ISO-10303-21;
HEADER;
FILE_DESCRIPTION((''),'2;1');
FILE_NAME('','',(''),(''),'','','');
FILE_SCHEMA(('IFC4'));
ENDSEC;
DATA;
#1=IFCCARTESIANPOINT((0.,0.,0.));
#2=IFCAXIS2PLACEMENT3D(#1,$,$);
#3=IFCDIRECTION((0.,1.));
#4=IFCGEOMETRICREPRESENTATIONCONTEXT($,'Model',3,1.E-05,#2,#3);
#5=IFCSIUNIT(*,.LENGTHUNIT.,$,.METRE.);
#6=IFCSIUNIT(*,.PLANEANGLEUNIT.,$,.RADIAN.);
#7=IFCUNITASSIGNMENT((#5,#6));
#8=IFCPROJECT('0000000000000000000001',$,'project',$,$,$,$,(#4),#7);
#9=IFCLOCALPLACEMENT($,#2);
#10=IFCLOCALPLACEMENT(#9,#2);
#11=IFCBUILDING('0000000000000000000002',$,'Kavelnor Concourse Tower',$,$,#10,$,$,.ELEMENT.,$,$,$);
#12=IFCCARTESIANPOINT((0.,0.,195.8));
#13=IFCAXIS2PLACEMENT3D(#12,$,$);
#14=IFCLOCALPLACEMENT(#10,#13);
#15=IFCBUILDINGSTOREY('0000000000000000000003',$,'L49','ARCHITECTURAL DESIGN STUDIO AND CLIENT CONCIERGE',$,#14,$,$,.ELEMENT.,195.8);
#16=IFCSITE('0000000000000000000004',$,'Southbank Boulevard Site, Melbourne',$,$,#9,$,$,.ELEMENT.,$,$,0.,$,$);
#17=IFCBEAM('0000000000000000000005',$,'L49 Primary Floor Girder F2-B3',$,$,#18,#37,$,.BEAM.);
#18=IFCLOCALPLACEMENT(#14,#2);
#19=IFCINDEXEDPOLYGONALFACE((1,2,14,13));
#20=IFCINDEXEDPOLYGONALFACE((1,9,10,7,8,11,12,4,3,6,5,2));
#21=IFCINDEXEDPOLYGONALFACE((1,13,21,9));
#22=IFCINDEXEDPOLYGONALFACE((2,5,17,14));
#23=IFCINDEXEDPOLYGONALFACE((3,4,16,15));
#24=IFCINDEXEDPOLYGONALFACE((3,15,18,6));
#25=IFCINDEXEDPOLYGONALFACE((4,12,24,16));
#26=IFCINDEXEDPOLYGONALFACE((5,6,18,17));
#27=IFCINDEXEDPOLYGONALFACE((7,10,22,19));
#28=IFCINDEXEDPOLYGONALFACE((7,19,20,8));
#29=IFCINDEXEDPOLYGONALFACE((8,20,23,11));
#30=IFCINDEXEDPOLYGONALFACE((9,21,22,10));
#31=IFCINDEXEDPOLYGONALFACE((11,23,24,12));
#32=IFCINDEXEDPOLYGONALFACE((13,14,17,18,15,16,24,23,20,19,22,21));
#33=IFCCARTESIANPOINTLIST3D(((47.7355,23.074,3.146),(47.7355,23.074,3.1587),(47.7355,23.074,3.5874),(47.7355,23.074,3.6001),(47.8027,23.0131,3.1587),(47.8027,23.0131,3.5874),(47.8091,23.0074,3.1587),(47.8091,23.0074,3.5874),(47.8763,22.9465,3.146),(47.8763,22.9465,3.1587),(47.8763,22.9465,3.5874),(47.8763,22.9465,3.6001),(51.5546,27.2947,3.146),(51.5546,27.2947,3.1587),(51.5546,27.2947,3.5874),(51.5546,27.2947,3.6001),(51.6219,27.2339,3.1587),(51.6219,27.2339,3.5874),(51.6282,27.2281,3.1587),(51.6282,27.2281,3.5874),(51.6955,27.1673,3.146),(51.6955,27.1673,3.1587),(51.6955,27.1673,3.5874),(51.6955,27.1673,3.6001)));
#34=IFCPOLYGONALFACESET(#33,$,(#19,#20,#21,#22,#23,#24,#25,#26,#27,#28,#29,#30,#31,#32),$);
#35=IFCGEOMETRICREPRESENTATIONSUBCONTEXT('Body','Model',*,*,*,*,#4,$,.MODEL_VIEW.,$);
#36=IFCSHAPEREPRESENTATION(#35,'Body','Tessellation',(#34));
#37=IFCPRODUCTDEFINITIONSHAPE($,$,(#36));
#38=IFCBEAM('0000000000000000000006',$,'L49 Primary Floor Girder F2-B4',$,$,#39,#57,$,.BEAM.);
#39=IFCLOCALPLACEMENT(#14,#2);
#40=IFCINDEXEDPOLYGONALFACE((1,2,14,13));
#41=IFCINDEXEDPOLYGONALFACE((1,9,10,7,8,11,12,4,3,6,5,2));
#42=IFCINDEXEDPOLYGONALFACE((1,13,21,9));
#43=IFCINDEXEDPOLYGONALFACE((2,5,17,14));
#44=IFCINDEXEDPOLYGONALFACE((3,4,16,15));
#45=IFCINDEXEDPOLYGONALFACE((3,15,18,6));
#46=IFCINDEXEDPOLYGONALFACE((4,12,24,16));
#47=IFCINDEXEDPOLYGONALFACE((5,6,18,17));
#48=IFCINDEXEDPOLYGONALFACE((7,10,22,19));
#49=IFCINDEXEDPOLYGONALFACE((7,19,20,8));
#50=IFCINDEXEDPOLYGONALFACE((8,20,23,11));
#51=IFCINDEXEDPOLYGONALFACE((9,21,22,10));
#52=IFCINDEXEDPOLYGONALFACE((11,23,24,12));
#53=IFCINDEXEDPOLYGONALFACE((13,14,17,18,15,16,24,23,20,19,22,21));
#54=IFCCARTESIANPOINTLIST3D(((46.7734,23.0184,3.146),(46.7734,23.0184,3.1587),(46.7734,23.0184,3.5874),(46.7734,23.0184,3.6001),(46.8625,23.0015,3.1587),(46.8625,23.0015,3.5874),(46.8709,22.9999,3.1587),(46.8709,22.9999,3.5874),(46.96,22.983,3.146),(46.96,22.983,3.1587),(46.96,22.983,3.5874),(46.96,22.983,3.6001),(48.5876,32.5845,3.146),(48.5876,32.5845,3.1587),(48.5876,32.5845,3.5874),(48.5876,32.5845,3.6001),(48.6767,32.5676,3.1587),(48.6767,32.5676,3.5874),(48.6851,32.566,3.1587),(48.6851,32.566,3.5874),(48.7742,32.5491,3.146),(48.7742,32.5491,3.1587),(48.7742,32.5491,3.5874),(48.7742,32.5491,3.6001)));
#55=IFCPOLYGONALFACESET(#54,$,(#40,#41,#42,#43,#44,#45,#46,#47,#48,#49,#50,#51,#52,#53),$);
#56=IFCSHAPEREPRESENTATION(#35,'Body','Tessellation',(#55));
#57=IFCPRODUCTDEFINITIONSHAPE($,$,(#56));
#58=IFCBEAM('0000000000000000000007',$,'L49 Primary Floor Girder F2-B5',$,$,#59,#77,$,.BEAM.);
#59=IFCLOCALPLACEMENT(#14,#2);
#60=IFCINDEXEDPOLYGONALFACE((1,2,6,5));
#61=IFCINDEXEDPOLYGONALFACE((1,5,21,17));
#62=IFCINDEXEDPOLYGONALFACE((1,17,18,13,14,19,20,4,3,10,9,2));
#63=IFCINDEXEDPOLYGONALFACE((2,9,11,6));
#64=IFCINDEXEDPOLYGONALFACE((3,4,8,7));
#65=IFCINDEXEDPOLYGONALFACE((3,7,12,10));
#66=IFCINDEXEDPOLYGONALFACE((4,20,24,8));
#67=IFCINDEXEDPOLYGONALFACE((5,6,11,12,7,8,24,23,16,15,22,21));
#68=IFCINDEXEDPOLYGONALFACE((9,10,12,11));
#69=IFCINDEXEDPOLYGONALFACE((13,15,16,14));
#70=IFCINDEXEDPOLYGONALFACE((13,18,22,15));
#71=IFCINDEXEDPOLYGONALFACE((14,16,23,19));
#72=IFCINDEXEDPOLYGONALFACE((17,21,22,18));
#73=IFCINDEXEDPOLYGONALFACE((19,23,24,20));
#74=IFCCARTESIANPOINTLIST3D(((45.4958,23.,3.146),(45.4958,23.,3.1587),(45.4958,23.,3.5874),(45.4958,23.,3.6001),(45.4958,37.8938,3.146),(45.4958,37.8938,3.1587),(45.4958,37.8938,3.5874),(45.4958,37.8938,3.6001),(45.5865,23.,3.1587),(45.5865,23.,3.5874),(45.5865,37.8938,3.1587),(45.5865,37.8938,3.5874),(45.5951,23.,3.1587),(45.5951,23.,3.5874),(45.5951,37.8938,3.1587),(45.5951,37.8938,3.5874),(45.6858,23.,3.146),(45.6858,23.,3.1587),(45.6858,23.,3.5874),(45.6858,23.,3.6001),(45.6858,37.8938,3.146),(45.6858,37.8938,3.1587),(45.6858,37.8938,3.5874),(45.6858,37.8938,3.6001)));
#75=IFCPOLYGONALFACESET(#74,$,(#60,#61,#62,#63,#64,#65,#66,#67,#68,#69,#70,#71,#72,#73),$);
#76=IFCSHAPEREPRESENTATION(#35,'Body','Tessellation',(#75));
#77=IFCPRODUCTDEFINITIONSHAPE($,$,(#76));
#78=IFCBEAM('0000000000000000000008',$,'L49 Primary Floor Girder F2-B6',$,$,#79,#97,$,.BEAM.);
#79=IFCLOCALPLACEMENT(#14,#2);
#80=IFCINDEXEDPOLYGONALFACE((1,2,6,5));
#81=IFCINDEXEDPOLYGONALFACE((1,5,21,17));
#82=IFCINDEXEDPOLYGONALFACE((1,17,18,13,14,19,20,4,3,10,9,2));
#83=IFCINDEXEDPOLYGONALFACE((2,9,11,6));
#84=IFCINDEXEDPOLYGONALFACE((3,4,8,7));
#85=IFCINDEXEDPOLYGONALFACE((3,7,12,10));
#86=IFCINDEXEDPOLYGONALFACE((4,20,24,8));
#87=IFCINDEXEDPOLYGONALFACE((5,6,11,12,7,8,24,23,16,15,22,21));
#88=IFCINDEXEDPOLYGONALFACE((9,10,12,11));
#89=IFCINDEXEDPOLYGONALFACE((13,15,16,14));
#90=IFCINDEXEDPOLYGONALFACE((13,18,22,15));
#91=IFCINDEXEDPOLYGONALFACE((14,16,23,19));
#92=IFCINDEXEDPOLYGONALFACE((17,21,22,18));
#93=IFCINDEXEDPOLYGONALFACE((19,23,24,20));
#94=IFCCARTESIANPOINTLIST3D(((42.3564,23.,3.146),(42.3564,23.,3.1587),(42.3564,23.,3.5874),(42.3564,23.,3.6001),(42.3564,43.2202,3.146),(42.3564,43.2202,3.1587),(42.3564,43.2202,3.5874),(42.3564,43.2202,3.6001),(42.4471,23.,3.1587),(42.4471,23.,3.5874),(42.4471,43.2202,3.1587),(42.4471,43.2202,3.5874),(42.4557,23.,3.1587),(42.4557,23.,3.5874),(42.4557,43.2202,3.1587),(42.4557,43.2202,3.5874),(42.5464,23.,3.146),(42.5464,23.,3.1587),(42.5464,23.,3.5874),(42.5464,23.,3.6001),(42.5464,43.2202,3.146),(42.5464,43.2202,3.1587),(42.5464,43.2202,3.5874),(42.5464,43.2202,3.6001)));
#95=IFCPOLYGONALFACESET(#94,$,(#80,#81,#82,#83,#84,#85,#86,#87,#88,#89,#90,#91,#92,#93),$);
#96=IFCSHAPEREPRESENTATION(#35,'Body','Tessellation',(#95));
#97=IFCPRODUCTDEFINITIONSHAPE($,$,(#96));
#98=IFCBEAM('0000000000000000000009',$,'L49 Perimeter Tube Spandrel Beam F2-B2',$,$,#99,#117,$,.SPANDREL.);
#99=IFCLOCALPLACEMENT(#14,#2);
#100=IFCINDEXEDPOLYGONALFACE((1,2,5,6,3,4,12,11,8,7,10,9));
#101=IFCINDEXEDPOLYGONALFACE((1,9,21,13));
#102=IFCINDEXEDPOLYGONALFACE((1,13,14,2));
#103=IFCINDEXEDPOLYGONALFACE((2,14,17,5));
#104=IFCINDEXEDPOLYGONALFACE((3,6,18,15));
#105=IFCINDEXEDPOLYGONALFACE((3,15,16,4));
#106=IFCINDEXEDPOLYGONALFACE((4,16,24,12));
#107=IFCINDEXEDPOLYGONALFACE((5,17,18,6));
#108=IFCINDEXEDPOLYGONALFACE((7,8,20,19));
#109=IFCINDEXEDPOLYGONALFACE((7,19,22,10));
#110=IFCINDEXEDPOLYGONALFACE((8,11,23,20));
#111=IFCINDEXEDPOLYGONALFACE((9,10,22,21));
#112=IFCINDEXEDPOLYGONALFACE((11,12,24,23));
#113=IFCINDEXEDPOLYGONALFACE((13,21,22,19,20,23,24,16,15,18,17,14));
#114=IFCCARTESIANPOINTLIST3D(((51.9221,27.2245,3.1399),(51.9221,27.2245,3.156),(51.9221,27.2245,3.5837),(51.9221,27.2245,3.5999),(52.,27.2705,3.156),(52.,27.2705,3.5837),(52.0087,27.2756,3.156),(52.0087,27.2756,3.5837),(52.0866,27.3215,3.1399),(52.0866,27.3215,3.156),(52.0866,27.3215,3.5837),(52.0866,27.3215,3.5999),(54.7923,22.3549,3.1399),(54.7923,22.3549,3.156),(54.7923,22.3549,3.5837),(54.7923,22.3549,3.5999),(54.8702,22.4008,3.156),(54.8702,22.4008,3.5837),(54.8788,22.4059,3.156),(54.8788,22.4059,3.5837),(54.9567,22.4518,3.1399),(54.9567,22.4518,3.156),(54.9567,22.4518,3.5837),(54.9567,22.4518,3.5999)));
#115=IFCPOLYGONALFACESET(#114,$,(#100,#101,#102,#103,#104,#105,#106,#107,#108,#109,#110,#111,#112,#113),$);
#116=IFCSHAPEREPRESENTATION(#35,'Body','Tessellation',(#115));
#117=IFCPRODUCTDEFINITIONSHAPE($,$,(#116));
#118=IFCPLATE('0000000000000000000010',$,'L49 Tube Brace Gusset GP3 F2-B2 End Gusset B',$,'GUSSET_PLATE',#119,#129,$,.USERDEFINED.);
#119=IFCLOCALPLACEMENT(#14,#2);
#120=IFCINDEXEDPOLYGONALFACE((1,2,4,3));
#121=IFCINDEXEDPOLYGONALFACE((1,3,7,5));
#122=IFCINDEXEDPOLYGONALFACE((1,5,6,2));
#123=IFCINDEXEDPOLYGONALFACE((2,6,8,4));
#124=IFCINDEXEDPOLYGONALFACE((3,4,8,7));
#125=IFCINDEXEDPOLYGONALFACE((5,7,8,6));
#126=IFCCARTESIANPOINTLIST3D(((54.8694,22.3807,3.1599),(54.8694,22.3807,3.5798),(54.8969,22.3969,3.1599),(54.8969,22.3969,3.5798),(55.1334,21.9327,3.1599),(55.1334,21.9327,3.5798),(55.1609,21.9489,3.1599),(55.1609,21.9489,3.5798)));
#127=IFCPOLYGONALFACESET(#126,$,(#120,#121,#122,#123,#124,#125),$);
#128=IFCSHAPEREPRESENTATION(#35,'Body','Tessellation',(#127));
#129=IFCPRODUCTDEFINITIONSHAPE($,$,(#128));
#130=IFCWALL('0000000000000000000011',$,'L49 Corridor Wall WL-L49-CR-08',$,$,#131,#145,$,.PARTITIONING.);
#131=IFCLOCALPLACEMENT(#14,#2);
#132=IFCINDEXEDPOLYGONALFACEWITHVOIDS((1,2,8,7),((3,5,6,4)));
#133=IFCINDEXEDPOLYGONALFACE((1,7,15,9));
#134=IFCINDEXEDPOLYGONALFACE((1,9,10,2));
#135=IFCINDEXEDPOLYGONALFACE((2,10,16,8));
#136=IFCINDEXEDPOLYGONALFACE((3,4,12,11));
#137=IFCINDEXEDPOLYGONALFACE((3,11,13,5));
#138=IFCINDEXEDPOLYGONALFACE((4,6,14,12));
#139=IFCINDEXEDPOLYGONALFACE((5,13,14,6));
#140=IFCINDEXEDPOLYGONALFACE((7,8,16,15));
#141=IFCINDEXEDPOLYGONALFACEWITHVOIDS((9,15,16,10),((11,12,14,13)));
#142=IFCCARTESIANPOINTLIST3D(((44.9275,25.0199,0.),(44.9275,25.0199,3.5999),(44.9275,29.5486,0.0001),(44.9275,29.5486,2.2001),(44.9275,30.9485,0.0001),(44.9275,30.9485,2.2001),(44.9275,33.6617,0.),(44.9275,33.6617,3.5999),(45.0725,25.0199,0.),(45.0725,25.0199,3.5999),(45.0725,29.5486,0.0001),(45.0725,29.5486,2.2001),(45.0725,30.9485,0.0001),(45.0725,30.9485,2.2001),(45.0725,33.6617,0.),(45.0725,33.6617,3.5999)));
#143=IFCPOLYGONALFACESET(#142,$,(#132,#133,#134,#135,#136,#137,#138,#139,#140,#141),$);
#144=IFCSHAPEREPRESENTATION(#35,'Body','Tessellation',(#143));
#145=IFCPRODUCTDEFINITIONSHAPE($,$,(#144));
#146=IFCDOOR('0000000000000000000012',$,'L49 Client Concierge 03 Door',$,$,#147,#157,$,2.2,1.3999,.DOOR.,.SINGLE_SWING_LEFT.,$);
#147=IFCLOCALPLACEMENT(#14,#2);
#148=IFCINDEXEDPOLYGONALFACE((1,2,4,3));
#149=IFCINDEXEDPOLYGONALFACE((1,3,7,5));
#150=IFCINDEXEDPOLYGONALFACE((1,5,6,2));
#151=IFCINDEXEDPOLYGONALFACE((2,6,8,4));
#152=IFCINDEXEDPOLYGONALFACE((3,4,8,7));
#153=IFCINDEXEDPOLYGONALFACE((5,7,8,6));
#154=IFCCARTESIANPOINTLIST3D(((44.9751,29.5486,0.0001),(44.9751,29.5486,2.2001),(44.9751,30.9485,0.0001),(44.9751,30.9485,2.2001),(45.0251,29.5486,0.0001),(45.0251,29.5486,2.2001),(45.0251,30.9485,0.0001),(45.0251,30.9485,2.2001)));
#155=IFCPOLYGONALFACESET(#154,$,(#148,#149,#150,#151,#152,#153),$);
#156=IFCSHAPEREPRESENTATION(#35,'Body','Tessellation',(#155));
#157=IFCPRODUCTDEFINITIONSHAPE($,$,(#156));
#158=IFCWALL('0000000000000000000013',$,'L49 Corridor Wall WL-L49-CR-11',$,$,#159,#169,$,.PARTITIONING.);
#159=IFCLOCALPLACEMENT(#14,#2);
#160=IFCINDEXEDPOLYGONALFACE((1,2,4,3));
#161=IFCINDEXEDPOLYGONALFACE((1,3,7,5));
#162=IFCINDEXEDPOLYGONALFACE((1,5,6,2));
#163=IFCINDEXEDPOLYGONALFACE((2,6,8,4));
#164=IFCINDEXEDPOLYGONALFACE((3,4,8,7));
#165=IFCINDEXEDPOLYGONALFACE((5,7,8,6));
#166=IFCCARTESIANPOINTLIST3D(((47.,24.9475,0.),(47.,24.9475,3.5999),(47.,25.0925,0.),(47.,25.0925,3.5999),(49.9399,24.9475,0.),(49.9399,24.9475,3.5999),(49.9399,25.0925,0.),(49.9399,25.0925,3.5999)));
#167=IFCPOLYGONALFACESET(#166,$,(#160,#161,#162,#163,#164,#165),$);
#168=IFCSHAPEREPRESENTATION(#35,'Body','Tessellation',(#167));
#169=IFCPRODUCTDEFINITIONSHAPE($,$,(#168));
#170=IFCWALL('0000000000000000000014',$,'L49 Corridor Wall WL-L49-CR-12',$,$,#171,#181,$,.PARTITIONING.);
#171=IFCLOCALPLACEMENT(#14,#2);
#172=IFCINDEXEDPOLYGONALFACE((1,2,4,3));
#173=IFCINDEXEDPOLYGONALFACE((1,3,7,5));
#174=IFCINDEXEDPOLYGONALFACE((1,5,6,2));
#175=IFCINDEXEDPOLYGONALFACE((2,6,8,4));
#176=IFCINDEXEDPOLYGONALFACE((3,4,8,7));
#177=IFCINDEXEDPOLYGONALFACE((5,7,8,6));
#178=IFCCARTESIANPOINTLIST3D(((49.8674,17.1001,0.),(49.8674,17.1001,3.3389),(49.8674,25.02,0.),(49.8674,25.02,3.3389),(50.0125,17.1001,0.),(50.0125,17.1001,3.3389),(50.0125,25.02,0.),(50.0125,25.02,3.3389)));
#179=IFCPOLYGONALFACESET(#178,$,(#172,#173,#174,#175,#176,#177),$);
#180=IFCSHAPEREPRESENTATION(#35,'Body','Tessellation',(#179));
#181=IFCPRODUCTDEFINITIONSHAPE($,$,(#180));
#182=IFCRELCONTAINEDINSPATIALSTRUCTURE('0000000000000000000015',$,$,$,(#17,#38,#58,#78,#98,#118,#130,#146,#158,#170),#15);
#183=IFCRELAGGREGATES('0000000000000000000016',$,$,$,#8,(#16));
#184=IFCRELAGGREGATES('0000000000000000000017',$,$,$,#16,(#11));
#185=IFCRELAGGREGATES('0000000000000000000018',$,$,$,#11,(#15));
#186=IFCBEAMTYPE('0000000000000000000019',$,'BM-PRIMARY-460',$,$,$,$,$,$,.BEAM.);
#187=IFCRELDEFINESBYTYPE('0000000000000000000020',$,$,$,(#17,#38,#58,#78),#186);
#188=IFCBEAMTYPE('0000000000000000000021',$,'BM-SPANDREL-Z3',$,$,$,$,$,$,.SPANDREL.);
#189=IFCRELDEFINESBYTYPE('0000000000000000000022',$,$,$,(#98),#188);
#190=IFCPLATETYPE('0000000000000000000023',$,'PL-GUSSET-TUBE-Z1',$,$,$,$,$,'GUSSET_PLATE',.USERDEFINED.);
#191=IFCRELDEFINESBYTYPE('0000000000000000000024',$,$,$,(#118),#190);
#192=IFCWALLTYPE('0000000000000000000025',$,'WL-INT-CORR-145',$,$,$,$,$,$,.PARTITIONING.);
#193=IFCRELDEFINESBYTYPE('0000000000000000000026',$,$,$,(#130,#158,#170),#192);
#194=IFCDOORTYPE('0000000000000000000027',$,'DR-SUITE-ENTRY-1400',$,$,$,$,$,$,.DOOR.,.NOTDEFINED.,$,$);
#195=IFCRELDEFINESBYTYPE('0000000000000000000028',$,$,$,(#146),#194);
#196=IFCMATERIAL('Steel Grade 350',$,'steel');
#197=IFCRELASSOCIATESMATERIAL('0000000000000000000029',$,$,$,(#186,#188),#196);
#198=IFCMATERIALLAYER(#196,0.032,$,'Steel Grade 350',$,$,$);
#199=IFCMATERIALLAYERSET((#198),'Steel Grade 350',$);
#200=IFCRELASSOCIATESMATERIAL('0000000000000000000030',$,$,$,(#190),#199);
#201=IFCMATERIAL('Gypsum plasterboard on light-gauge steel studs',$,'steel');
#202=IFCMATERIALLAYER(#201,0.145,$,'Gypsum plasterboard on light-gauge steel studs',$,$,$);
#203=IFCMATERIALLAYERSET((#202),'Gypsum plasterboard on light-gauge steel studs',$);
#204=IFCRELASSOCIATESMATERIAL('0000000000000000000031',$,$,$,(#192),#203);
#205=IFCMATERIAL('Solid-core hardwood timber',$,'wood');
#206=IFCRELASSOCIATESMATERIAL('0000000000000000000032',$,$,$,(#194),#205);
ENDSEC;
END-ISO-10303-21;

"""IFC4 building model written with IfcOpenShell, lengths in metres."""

from ifc_helpers import new_model, si_unit, direction, frame, frame_2d, origin, origin_2d, place, context, subcontext, project, spatial, rectangle, i_section, extrude, material, layer, layer_set, material_profile, profile_set, type_object, element, fill, save


model = new_model("IFC4")

# Units and contexts
model_context = context("Model", 3, precision=1e-05, world=origin(), true_north=direction((0.0, 1.0)))
body_context = subcontext(model_context, "Body", "Model", "MODEL_VIEW")
ifc_project = project(units=[si_unit("LENGTHUNIT", "METRE"), si_unit("PLANEANGLEUNIT", "RADIAN")], contexts=[model_context])

# Site, building, storey
site_placement = place(None, origin())
site = spatial("IfcSite", under=ifc_project, at=site_placement, Name="Southbank Boulevard Site, Melbourne", CompositionType="ELEMENT", RefElevation=0.0)
building_placement = place(site_placement, origin())
building = spatial("IfcBuilding", under=site, at=building_placement, Name="Kavelnor Concourse Tower", CompositionType="ELEMENT")
storey_placement = place(building_placement, frame((0.0, 0.0, 195.8)))
storey = spatial("IfcBuildingStorey", under=building, at=storey_placement, Name="L49", Description="ARCHITECTURAL DESIGN STUDIO AND CLIENT CONCIERGE", CompositionType="ELEMENT", Elevation=195.8)

# Shared definitions
ifc_material_1 = material(Name="Steel Grade 350", Category="steel")

# Beams
ifc_material_profile_1 = material_profile(ifc_material_1, i_section(OverallWidth=0.1899, OverallDepth=0.4541, WebThickness=0.0085, FlangeThickness=0.0127, at=origin_2d()), Name="460UB67")
ifc_profile_set_1 = profile_set([ifc_material_profile_1], Name="Steel Grade 350")
beam_type_1 = type_object("IfcBeamType", Name="BM-PRIMARY-460", PredefinedType="BEAM", material=ifc_profile_set_1)
beam_1_placement = place(storey_placement, frame((47.8059, 23.0103, 3.373), z_axis=(0.670948, 0.741504, 0.0), x_axis=(-0.741504, 0.670948, 0.0)))
element("IfcBeam", 1, at=beam_1_placement, inside=storey, type_object=beam_type_1, Name="L49 Primary Floor Girder F2-B3", PredefinedType="BEAM", context=body_context, shape_type="SweptSolid", body=[
    extrude(i_section(OverallWidth=0.1899, OverallDepth=0.4541, WebThickness=0.0085, FlangeThickness=0.0127, at=origin_2d()), origin(), (0.0, 0.0, 1.0), 5.6921),
])
beam_2_placement = place(storey_placement, frame((46.8667, 23.0007, 3.373), z_axis=(0.186327, 0.982488, 0.0), x_axis=(-0.982488, 0.186327, 0.0)))
element("IfcBeam", 2, at=beam_2_placement, inside=storey, type_object=beam_type_1, Name="L49 Primary Floor Girder F2-B4", PredefinedType="BEAM", context=body_context, shape_type="SweptSolid", body=[
    extrude(i_section(OverallWidth=0.1899, OverallDepth=0.4541, WebThickness=0.0085, FlangeThickness=0.0127, at=origin_2d()), origin(), (0.0, 0.0, 1.0), 9.7366),
])
beam_3_placement = place(storey_placement, frame((45.5908, 23.0, 3.373), z_axis=(0.0, 1.0, 0.0), x_axis=(-1.0, 0.0, 0.0)))
element("IfcBeam", 3, at=beam_3_placement, inside=storey, type_object=beam_type_1, Name="L49 Primary Floor Girder F2-B5", PredefinedType="BEAM", context=body_context, shape_type="SweptSolid", body=[
    extrude(i_section(OverallWidth=0.1899, OverallDepth=0.4541, WebThickness=0.0085, FlangeThickness=0.0127, at=origin_2d()), origin(), (0.0, 0.0, 1.0), 14.8938),
])
beam_4_placement = place(storey_placement, frame((42.4514, 23.0, 3.373), z_axis=(0.0, 1.0, 0.0), x_axis=(-1.0, 0.0, 0.0)))
element("IfcBeam", 4, at=beam_4_placement, inside=storey, type_object=beam_type_1, Name="L49 Primary Floor Girder F2-B6", PredefinedType="BEAM", context=body_context, shape_type="SweptSolid", body=[
    extrude(i_section(OverallWidth=0.1899, OverallDepth=0.4541, WebThickness=0.0085, FlangeThickness=0.0127, at=origin_2d()), origin(), (0.0, 0.0, 1.0), 20.2202),
])
ifc_material_profile_2 = material_profile(ifc_material_1, i_section(OverallWidth=0.1909, OverallDepth=0.46, WebThickness=0.01, FlangeThickness=0.0161, at=origin_2d()), Name="460UB82")
ifc_profile_set_2 = profile_set([ifc_material_profile_2], Name="Steel Grade 350")
beam_type_2 = type_object("IfcBeamType", Name="BM-SPANDREL-Z3", PredefinedType="SPANDREL", material=ifc_profile_set_2)
beam_5_placement = place(storey_placement, frame((54.8745, 22.4033, 3.3699), z_axis=(-0.50776, 0.861499, 0.0), x_axis=(-0.861499, -0.50776, 0.0)))
element("IfcBeam", 5, at=beam_5_placement, inside=storey, type_object=beam_type_2, Name="L49 Perimeter Tube Spandrel Beam F2-B2", PredefinedType="SPANDREL", context=body_context, shape_type="SweptSolid", body=[
    extrude(i_section(OverallWidth=0.1909, OverallDepth=0.46, WebThickness=0.01, FlangeThickness=0.0161, at=origin_2d()), origin(), (0.0, 0.0, 1.0), 5.6526),
])

# Plate
ifc_layer_1 = layer(ifc_material_1, 0.032, Name="Steel Grade 350")
ifc_layer_set_1 = layer_set([ifc_layer_1], Name="Steel Grade 350")
plate_type = type_object("IfcPlateType", Name="PL-GUSSET-TUBE-Z1", ElementType="GUSSET_PLATE", PredefinedType="USERDEFINED", material=ifc_layer_set_1)
plate_placement = place(storey_placement, frame((55.0151, 22.1648, 3.1599), z_axis=(0.0, 0.0, 1.0), x_axis=(0.507689, -0.861541, 0.0)))
element("IfcPlate", 6, at=plate_placement, inside=storey, type_object=plate_type, Name="L49 Tube Brace Gusset GP3 F2-B2 End Gusset B", ObjectType="GUSSET_PLATE", PredefinedType="USERDEFINED", context=body_context, shape_type="SweptSolid", body=[
    extrude(rectangle(XDim=0.52, YDim=0.032, at=origin_2d()), origin(), (0.0, 0.0, 1.0), 0.4199),
])

# Wall, opening, door
ifc_material_2 = material(Name="Gypsum plasterboard on light-gauge steel studs", Category="steel")
ifc_layer_2 = layer(ifc_material_2, 0.145, Name="Gypsum plasterboard on light-gauge steel studs")
ifc_layer_set_2 = layer_set([ifc_layer_2], Name="Gypsum plasterboard on light-gauge steel studs")
wall_type_1 = type_object("IfcWallType", Name="WL-INT-CORR-145", PredefinedType="PARTITIONING", material=ifc_layer_set_2)
wall_1_placement = place(storey_placement, frame((45.0, 25.02, 0.0), z_axis=(0.0, 0.0, 1.0), x_axis=(0.0, 1.0, 0.0)))
wall_1 = element("IfcWall", 7, at=wall_1_placement, inside=storey, type_object=wall_type_1, Name="L49 Corridor Wall WL-L49-CR-08", PredefinedType="PARTITIONING", context=body_context, shape_type="SweptSolid", body=[
    extrude(rectangle(XDim=8.6418, YDim=0.145, at=frame_2d((4.3208, 0.0))), origin(), (0.0, 0.0, 1.0), 3.5999),
])
opening_1_placement = place(wall_1_placement, frame((4.5286, 0.0, 0.0)))
opening_1 = element("IfcOpeningElement", 8, at=opening_1_placement, cuts=wall_1, PredefinedType="OPENING", context=body_context, shape_type="SweptSolid", body=[
    extrude(rectangle(XDim=1.3999, YDim=2.2, at=frame_2d((0.7, 1.1001))), frame((0.0, 0.0825, 0.0), z_axis=(0.0, -1.0, 0.0), x_axis=(1.0, 0.0, 0.0)), (0.0, 0.0, 1.0), 0.165),
])
ifc_material_3 = material(Name="Solid-core hardwood timber", Category="wood")
door_type_1 = type_object("IfcDoorType", Name="DR-SUITE-ENTRY-1400", OperationType="NOTDEFINED", PredefinedType="DOOR", material=ifc_material_3)
door_1_placement = place(opening_1_placement, origin())
door_1 = element("IfcDoor", 9, at=door_1_placement, inside=storey, type_object=door_type_1, Name="L49 Client Concierge 03 Door", OperationType="SINGLE_SWING_LEFT", OverallHeight=2.2, OverallWidth=1.3999, PredefinedType="DOOR", context=body_context, shape_type="SweptSolid", body=[
    extrude(rectangle(XDim=1.3999, YDim=2.2, at=frame_2d((0.7, 1.1001))), frame((0.0, 0.0249, 0.0), z_axis=(0.0, -1.0, 0.0), x_axis=(1.0, 0.0, 0.0)), (0.0, 0.0, 1.0), 0.05),
])
fill(opening_1, door_1)

# Walls
wall_2_placement = place(storey_placement, frame((47.0, 25.02, 0.0), z_axis=(0.0, 0.0, 1.0), x_axis=(1.0, 0.0, 0.0)))
element("IfcWall", 10, at=wall_2_placement, inside=storey, type_object=wall_type_1, Name="L49 Corridor Wall WL-L49-CR-11", PredefinedType="PARTITIONING", context=body_context, shape_type="SweptSolid", body=[
    extrude(rectangle(XDim=2.9399, YDim=0.145, at=frame_2d((1.47, 0.0))), origin(), (0.0, 0.0, 1.0), 3.5999),
])
wall_3_placement = place(storey_placement, frame((49.9399, 25.02, 0.0), z_axis=(0.0, 0.0, 1.0), x_axis=(0.0, -1.0, 0.0)))
element("IfcWall", 11, at=wall_3_placement, inside=storey, type_object=wall_type_1, Name="L49 Corridor Wall WL-L49-CR-12", PredefinedType="PARTITIONING", context=body_context, shape_type="SweptSolid", body=[
    extrude(rectangle(XDim=7.9199, YDim=0.145, at=frame_2d((3.96, 0.0))), origin(), (0.0, 0.0, 1.0), 3.3389),
])

save(model, "model.ifc")
